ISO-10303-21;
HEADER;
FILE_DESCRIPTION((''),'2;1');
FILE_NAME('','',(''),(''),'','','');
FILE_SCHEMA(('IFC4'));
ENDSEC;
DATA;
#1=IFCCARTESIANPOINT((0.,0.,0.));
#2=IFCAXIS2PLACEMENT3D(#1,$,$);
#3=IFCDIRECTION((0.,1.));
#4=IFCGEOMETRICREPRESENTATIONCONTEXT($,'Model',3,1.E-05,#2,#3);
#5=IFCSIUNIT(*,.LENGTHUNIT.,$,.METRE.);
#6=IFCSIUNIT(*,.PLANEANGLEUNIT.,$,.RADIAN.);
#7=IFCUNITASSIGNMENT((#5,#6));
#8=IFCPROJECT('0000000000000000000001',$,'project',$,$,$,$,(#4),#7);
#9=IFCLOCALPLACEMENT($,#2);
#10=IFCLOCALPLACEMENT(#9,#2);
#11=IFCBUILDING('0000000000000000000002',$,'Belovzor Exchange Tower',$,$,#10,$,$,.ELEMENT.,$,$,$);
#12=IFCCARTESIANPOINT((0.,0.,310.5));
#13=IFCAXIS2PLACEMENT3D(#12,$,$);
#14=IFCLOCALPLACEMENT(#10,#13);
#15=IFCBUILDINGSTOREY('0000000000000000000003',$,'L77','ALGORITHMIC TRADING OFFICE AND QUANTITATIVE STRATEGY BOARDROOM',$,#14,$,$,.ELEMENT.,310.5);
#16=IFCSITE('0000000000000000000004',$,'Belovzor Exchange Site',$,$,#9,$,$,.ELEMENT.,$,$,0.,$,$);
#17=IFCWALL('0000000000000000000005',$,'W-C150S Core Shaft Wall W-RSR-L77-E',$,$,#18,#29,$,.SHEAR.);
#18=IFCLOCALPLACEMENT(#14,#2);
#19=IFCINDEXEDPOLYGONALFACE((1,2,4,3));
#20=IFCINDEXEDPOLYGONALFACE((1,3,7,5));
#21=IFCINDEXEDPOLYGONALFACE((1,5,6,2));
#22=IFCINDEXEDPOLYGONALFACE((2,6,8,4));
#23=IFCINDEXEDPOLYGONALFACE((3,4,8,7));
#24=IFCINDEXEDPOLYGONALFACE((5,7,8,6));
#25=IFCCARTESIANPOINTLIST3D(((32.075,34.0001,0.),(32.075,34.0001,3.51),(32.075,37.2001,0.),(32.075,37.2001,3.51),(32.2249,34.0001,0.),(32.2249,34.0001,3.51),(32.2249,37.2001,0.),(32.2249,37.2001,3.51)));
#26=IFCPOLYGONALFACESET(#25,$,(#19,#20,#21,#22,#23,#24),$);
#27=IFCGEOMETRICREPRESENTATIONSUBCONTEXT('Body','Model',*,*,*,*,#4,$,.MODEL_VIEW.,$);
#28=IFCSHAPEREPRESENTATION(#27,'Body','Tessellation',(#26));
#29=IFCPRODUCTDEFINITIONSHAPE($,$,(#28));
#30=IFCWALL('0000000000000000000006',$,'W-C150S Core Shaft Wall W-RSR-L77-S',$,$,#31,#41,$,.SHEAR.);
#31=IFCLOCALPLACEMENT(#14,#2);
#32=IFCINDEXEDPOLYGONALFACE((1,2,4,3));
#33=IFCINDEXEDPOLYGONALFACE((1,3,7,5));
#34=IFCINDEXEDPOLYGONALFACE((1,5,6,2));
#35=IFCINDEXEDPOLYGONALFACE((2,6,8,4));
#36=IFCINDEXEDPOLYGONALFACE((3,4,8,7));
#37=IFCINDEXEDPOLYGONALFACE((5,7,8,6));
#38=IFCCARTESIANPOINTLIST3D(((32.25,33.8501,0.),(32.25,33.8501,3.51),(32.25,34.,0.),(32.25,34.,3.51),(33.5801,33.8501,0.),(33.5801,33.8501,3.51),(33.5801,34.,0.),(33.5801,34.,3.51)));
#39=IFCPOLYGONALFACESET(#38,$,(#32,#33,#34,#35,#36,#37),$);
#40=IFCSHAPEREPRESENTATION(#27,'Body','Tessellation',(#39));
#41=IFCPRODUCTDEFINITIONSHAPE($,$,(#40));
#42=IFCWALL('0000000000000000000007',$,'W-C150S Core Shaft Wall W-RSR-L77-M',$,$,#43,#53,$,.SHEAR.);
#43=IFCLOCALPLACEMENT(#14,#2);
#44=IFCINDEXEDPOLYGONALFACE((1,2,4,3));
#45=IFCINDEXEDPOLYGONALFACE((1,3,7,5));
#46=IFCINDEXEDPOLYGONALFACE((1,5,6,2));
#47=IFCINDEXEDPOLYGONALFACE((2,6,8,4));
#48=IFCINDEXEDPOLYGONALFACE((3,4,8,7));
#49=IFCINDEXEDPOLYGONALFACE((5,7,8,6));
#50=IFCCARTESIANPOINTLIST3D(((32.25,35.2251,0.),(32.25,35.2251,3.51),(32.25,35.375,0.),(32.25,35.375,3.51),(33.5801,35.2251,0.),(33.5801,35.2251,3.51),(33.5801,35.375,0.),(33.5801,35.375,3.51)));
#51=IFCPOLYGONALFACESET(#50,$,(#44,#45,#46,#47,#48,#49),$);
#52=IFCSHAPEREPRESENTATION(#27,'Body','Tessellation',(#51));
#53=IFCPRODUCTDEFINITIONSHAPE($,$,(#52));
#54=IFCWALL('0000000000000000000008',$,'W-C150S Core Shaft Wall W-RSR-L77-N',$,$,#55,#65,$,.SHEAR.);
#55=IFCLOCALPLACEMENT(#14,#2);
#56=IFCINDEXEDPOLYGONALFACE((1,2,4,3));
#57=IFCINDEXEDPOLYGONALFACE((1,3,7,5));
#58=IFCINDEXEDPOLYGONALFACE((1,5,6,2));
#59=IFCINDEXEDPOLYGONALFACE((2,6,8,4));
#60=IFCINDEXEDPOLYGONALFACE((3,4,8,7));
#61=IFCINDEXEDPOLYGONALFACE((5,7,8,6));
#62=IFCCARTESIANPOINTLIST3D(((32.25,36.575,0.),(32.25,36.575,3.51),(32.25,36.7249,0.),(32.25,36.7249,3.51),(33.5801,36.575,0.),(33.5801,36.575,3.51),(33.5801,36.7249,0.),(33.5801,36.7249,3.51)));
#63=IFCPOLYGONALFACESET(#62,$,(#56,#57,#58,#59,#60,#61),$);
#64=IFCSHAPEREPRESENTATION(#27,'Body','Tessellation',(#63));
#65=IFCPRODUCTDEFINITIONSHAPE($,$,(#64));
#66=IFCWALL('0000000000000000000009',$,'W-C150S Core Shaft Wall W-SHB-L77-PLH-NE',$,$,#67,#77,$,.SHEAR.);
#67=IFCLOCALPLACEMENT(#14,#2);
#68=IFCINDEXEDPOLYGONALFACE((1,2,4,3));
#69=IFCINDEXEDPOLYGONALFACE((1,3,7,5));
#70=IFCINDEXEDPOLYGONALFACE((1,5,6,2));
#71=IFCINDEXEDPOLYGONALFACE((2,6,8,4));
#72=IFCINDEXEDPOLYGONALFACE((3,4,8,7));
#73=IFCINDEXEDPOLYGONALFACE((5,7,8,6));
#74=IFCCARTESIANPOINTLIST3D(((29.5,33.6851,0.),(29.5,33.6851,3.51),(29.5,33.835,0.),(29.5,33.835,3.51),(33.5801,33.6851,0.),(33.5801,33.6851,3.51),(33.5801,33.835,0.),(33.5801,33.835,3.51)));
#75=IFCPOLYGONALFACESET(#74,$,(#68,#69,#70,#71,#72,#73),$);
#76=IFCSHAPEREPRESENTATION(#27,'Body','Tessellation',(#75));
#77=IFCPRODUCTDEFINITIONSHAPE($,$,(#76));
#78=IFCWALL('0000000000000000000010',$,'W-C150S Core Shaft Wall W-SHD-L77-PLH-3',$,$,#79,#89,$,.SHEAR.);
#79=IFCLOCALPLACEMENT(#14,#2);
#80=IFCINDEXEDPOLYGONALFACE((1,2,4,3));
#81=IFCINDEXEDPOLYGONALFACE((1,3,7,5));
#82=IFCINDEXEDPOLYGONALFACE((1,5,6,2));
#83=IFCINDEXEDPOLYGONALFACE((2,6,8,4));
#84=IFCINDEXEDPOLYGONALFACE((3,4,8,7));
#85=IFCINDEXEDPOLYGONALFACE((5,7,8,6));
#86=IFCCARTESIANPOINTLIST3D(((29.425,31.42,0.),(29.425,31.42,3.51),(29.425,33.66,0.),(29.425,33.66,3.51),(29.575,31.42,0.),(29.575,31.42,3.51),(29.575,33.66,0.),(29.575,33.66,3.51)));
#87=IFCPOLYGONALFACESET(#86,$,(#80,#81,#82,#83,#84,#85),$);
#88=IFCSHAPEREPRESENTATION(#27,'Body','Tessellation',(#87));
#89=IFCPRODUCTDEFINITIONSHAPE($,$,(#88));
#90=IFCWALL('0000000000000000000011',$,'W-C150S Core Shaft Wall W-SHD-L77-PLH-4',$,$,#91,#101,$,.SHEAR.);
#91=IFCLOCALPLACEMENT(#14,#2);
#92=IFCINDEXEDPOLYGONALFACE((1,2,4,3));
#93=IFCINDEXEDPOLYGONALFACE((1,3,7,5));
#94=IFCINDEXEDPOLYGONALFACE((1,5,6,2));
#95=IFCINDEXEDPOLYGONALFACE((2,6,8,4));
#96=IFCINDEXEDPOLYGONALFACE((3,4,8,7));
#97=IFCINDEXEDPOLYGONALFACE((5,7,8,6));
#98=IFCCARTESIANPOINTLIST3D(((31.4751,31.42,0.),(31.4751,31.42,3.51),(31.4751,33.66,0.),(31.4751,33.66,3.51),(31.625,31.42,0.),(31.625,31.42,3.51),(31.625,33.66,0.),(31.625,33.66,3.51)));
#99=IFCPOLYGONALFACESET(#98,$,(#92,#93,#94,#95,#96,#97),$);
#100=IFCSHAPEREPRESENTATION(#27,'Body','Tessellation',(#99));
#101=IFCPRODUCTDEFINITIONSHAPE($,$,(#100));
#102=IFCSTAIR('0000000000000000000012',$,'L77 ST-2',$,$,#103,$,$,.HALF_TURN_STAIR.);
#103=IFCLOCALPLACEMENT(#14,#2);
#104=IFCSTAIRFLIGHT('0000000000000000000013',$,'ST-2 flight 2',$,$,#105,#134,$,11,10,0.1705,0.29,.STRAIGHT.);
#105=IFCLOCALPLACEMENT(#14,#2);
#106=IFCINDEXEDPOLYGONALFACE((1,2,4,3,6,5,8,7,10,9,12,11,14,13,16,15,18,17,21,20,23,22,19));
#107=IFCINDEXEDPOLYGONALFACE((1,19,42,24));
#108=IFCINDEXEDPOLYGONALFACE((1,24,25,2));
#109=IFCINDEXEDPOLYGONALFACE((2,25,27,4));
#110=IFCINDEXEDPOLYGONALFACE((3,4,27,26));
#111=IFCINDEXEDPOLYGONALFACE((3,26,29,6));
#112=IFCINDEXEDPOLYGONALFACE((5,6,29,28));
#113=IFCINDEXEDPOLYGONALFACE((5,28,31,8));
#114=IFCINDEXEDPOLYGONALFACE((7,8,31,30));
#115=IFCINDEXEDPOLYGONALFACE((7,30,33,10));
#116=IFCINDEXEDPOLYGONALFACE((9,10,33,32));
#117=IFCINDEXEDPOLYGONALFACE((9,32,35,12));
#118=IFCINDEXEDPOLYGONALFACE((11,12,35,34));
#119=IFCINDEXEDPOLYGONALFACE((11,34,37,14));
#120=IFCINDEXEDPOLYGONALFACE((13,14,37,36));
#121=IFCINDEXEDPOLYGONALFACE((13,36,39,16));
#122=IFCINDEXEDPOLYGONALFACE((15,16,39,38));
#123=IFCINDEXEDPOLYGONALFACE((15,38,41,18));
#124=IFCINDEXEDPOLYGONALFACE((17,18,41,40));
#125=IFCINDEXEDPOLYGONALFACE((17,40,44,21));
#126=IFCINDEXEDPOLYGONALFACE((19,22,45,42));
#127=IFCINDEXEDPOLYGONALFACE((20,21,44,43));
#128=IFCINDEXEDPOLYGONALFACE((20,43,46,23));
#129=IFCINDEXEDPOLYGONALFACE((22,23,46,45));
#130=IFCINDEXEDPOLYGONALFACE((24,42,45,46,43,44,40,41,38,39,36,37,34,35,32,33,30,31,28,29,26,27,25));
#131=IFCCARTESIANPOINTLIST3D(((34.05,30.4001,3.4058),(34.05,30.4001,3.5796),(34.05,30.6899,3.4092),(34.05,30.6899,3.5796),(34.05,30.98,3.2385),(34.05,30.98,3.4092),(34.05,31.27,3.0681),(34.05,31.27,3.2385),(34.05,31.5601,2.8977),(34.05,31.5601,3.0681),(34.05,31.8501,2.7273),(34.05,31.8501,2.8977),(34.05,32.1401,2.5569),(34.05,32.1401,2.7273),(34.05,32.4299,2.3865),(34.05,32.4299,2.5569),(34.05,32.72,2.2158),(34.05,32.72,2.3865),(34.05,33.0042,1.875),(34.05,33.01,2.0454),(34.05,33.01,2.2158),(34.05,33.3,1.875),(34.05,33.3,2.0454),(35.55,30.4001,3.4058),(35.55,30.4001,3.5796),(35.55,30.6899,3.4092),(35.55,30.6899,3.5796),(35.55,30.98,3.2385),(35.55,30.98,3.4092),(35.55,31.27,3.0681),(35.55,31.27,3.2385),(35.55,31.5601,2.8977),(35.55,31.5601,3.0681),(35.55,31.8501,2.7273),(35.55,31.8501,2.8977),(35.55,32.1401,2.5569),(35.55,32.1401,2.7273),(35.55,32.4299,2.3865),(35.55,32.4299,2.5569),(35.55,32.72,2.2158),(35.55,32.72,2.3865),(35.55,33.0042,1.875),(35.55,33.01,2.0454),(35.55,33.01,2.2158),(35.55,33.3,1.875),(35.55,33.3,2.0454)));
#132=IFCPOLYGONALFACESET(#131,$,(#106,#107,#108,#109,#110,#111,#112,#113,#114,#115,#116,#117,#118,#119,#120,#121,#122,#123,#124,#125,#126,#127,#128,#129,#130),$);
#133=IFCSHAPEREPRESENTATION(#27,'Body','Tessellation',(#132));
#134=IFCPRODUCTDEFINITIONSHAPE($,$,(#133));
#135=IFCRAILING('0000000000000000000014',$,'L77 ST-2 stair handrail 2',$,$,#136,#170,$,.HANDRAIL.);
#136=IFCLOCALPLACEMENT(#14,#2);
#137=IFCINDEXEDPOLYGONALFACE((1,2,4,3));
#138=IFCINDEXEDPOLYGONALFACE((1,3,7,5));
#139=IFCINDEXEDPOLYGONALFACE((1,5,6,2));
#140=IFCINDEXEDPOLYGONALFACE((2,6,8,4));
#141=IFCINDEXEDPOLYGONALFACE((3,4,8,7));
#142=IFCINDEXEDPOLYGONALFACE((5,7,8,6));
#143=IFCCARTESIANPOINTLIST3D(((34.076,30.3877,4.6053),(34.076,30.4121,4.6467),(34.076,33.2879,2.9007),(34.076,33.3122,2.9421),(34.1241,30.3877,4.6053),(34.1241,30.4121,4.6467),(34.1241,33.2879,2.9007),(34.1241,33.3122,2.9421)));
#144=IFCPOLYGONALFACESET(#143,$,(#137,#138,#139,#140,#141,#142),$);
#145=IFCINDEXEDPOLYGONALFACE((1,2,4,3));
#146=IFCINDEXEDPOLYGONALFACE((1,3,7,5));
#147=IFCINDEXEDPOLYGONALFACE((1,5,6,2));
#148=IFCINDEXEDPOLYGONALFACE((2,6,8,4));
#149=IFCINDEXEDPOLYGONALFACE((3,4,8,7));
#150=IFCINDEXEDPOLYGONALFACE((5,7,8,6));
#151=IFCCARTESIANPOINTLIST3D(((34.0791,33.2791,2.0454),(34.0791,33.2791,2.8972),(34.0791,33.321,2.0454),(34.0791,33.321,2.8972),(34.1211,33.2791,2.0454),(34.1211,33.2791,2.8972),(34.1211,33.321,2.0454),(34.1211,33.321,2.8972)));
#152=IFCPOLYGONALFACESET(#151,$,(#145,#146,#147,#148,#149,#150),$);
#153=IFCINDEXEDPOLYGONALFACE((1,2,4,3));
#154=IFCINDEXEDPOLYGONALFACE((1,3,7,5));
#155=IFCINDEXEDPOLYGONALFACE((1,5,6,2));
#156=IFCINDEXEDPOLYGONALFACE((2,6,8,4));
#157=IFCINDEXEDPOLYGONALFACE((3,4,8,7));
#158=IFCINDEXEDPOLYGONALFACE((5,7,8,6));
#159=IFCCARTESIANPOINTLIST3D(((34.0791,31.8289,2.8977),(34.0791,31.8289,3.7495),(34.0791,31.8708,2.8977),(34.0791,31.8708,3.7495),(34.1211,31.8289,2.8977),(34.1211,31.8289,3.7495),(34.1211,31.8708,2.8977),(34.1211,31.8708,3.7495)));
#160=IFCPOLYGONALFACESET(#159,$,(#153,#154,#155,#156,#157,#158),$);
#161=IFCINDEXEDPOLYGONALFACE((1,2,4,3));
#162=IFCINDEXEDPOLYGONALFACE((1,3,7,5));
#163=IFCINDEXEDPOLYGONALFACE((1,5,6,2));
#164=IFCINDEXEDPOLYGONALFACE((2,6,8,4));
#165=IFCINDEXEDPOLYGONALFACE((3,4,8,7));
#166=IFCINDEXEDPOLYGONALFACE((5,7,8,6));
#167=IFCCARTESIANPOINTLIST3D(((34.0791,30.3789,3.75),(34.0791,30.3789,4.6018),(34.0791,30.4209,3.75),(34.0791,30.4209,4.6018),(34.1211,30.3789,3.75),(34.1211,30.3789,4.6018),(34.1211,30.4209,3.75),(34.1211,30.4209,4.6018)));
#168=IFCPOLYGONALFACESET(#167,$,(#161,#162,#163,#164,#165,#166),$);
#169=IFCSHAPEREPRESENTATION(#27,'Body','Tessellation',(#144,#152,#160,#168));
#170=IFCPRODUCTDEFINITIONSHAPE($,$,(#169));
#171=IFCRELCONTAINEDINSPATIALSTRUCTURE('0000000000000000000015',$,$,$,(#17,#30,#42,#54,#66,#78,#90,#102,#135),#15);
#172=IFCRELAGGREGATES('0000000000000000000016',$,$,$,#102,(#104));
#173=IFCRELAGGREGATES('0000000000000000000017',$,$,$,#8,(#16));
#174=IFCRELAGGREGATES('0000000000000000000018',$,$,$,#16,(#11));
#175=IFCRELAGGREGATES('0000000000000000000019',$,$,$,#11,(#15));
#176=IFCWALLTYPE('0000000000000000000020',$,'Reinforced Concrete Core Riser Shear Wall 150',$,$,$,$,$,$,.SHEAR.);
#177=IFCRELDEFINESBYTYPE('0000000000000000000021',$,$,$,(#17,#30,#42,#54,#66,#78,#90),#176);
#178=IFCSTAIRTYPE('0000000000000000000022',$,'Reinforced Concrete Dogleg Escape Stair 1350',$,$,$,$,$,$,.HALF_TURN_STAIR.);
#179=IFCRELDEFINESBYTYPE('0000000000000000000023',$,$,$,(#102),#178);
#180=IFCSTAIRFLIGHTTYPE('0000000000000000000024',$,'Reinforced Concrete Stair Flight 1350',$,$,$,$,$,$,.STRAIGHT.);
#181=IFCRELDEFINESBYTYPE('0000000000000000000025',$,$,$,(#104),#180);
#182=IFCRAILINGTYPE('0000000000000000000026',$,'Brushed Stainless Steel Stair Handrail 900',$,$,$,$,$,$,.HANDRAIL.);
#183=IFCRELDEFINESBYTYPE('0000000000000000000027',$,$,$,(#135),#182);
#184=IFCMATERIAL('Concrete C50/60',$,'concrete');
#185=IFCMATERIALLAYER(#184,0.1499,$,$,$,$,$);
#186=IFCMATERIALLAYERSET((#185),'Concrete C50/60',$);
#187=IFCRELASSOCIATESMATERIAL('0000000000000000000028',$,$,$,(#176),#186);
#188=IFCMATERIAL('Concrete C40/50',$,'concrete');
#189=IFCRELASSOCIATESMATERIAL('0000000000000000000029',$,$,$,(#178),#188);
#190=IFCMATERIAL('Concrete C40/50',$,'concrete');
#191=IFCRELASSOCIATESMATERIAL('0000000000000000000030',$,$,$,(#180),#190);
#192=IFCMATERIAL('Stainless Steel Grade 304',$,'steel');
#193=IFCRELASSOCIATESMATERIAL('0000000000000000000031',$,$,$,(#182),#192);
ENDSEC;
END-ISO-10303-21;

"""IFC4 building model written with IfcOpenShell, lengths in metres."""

from ifc_helpers import new_model, si_unit, direction, frame, frame_2d, origin, origin_2d, place, context, subcontext, project, spatial, polyline, rectangle, outline, extrude, material, layer, layer_set, type_object, element, aggregate, save


model = new_model("IFC4")

# Units and contexts
model_context = context("Model", 3, precision=1e-05, world=origin(), true_north=direction((0.0, 1.0)))
body_context = subcontext(model_context, "Body", "Model", "MODEL_VIEW")
ifc_project = project(units=[si_unit("LENGTHUNIT", "METRE"), si_unit("PLANEANGLEUNIT", "RADIAN")], contexts=[model_context])

# Site, building, storey
site_placement = place(None, origin())
site = spatial("IfcSite", under=ifc_project, at=site_placement, Name="Belovzor Exchange Site", CompositionType="ELEMENT", RefElevation=0.0)
building_placement = place(site_placement, origin())
building = spatial("IfcBuilding", under=site, at=building_placement, Name="Belovzor Exchange Tower", CompositionType="ELEMENT")
storey_placement = place(building_placement, frame((0.0, 0.0, 310.5)))
storey = spatial("IfcBuildingStorey", under=building, at=storey_placement, Name="L77", Description="ALGORITHMIC TRADING OFFICE AND QUANTITATIVE STRATEGY BOARDROOM", CompositionType="ELEMENT", Elevation=310.5)

# Walls
ifc_material_1 = material(Name="Concrete C50/60", Category="concrete")
ifc_layer_1 = layer(ifc_material_1, 0.1499)
ifc_layer_set_1 = layer_set([ifc_layer_1], Name="Concrete C50/60")
wall_type_1 = type_object("IfcWallType", Name="Reinforced Concrete Core Riser Shear Wall 150", PredefinedType="SHEAR", material=ifc_layer_set_1)
wall_1_placement = place(storey_placement, frame((32.1499, 34.0, 0.0), z_axis=(0.0, 0.0, 1.0), x_axis=(0.0, 1.0, 0.0)))
element("IfcWall", 1, at=wall_1_placement, inside=storey, type_object=wall_type_1, Name="W-C150S Core Shaft Wall W-RSR-L77-E", PredefinedType="SHEAR", context=body_context, shape_type="SweptSolid", body=[
    extrude(rectangle(XDim=3.2, YDim=0.1499, at=frame_2d((1.6001, 0.0))), origin(), (0.0, 0.0, 1.0), 3.51),
])
for number, where, z_axis, x_axis, name in (
    (2, (32.25, 33.925, 0.0), (0.0, 0.0, 1.0), (1.0, 0.0, 0.0), "W-C150S Core Shaft Wall W-RSR-L77-S"),
    (3, (32.25, 35.3, 0.0), (0.0, 0.0, 1.0), (1.0, 0.0, 0.0), "W-C150S Core Shaft Wall W-RSR-L77-M"),
    (4, (32.25, 36.6499, 0.0), (0.0, 0.0, 1.0), (1.0, 0.0, 0.0), "W-C150S Core Shaft Wall W-RSR-L77-N"),
):
    element("IfcWall", number, at=place(storey_placement, frame(where, z_axis=z_axis, x_axis=x_axis)), inside=storey, type_object=wall_type_1, Name=name, PredefinedType="SHEAR", context=body_context, shape_type="SweptSolid", body=[
        extrude(rectangle(XDim=1.3301, YDim=0.1499, at=frame_2d((0.665, 0.0))), origin(), (0.0, 0.0, 1.0), 3.51),
    ])
wall_2_placement = place(storey_placement, frame((29.5, 33.76, 0.0), z_axis=(0.0, 0.0, 1.0), x_axis=(1.0, 0.0, 0.0)))
element("IfcWall", 5, at=wall_2_placement, inside=storey, type_object=wall_type_1, Name="W-C150S Core Shaft Wall W-SHB-L77-PLH-NE", PredefinedType="SHEAR", context=body_context, shape_type="SweptSolid", body=[
    extrude(rectangle(XDim=4.0801, YDim=0.1499, at=frame_2d((2.04, 0.0))), origin(), (0.0, 0.0, 1.0), 3.51),
])
for number, where, z_axis, x_axis, name in (
    (6, (29.5, 31.4199, 0.0), (0.0, 0.0, 1.0), (0.0, 1.0, 0.0), "W-C150S Core Shaft Wall W-SHD-L77-PLH-3"),
    (7, (31.55, 31.4199, 0.0), (0.0, 0.0, 1.0), (0.0, 1.0, 0.0), "W-C150S Core Shaft Wall W-SHD-L77-PLH-4"),
):
    element("IfcWall", number, at=place(storey_placement, frame(where, z_axis=z_axis, x_axis=x_axis)), inside=storey, type_object=wall_type_1, Name=name, PredefinedType="SHEAR", context=body_context, shape_type="SweptSolid", body=[
        extrude(rectangle(XDim=2.24, YDim=0.1499, at=frame_2d((1.1201, 0.0))), origin(), (0.0, 0.0, 1.0), 3.51),
    ])

# Stair, stair flight
ifc_material_2 = material(Name="Concrete C40/50", Category="concrete")
stair_type = type_object("IfcStairType", Name="Reinforced Concrete Dogleg Escape Stair 1350", PredefinedType="HALF_TURN_STAIR", material=ifc_material_2)
stair_placement = place(storey_placement, origin())
stair = element("IfcStair", 8, at=stair_placement, inside=storey, type_object=stair_type, Name="L77 ST-2", PredefinedType="HALF_TURN_STAIR")
ifc_material_3 = material(Name="Concrete C40/50", Category="concrete")
stair_flight_type = type_object("IfcStairFlightType", Name="Reinforced Concrete Stair Flight 1350", PredefinedType="STRAIGHT", material=ifc_material_3)
stair_flight_placement = place(storey_placement, frame((34.8, 33.3, 1.875), z_axis=(0.0, 0.0, 1.0), x_axis=(0.0, -1.0, 0.0)))
stair_flight = element("IfcStairFlight", 9, at=stair_flight_placement, type_object=stair_flight_type, Name="ST-2 flight 2", NumberOfRisers=11, NumberOfTreads=10, PredefinedType="STRAIGHT", RiserHeight=0.1705, TreadLength=0.29, context=body_context, shape_type="SweptSolid", body=[
    extrude(outline(polyline([(0.0, 0.0), (0.0, 0.1704), (0.29, 0.1704), (0.29, 0.3408), (0.5801, 0.3408), (0.5801, 0.5115), (0.8701, 0.5115), (0.8701, 0.6819), (1.1599, 0.6819), (1.1599, 0.8523), (1.45, 0.8523), (1.45, 1.0227), (1.74, 1.0227), (1.74, 1.1931), (2.03, 1.1931), (2.03, 1.3635), (2.3201, 1.3635), (2.3201, 1.5342), (2.6101, 1.5342), (2.6101, 1.7046), (2.8999, 1.7046), (2.8999, 1.875), (2.8999, 1.5308), (0.2959, 0.0), (0.0, 0.0)])), frame((0.0, 0.75, 0.0), z_axis=(0.0, -1.0, 0.0), x_axis=(1.0, 0.0, 0.0)), (0.0, 0.0, 1.0), 1.5),
])
aggregate(stair, [stair_flight])

# Railing
ifc_material_4 = material(Name="Stainless Steel Grade 304", Category="steel")
railing_type_1 = type_object("IfcRailingType", Name="Brushed Stainless Steel Stair Handrail 900", PredefinedType="HANDRAIL", material=ifc_material_4)
railing_1_placement = place(storey_placement, frame((34.1001, 33.3, 2.0454)))
element("IfcRailing", 10, at=railing_1_placement, inside=storey, type_object=railing_type_1, Name="L77 ST-2 stair handrail 2", PredefinedType="HANDRAIL", context=body_context, shape_type="SweptSolid", body=[
    extrude(rectangle(XDim=0.0481, YDim=0.0481, at=origin_2d()), frame((0.0, 0.0, 0.876), z_axis=(0.0, -0.862113, 0.506716), x_axis=(1.0, 0.0, 0.0)), (0.0, 0.0, 1.0), 3.364),
    extrude(rectangle(XDim=0.042, YDim=0.042, at=origin_2d()), origin(), (0.0, 0.0, 1.0), 0.8518),
    extrude(rectangle(XDim=0.042, YDim=0.042, at=origin_2d()), frame((0.0, -1.4502, 0.8523)), (0.0, 0.0, 1.0), 0.8518),
    extrude(rectangle(XDim=0.042, YDim=0.042, at=origin_2d()), frame((0.0, -2.9001, 1.7046)), (0.0, 0.0, 1.0), 0.8518),
])

save(model, "model.ifc")
